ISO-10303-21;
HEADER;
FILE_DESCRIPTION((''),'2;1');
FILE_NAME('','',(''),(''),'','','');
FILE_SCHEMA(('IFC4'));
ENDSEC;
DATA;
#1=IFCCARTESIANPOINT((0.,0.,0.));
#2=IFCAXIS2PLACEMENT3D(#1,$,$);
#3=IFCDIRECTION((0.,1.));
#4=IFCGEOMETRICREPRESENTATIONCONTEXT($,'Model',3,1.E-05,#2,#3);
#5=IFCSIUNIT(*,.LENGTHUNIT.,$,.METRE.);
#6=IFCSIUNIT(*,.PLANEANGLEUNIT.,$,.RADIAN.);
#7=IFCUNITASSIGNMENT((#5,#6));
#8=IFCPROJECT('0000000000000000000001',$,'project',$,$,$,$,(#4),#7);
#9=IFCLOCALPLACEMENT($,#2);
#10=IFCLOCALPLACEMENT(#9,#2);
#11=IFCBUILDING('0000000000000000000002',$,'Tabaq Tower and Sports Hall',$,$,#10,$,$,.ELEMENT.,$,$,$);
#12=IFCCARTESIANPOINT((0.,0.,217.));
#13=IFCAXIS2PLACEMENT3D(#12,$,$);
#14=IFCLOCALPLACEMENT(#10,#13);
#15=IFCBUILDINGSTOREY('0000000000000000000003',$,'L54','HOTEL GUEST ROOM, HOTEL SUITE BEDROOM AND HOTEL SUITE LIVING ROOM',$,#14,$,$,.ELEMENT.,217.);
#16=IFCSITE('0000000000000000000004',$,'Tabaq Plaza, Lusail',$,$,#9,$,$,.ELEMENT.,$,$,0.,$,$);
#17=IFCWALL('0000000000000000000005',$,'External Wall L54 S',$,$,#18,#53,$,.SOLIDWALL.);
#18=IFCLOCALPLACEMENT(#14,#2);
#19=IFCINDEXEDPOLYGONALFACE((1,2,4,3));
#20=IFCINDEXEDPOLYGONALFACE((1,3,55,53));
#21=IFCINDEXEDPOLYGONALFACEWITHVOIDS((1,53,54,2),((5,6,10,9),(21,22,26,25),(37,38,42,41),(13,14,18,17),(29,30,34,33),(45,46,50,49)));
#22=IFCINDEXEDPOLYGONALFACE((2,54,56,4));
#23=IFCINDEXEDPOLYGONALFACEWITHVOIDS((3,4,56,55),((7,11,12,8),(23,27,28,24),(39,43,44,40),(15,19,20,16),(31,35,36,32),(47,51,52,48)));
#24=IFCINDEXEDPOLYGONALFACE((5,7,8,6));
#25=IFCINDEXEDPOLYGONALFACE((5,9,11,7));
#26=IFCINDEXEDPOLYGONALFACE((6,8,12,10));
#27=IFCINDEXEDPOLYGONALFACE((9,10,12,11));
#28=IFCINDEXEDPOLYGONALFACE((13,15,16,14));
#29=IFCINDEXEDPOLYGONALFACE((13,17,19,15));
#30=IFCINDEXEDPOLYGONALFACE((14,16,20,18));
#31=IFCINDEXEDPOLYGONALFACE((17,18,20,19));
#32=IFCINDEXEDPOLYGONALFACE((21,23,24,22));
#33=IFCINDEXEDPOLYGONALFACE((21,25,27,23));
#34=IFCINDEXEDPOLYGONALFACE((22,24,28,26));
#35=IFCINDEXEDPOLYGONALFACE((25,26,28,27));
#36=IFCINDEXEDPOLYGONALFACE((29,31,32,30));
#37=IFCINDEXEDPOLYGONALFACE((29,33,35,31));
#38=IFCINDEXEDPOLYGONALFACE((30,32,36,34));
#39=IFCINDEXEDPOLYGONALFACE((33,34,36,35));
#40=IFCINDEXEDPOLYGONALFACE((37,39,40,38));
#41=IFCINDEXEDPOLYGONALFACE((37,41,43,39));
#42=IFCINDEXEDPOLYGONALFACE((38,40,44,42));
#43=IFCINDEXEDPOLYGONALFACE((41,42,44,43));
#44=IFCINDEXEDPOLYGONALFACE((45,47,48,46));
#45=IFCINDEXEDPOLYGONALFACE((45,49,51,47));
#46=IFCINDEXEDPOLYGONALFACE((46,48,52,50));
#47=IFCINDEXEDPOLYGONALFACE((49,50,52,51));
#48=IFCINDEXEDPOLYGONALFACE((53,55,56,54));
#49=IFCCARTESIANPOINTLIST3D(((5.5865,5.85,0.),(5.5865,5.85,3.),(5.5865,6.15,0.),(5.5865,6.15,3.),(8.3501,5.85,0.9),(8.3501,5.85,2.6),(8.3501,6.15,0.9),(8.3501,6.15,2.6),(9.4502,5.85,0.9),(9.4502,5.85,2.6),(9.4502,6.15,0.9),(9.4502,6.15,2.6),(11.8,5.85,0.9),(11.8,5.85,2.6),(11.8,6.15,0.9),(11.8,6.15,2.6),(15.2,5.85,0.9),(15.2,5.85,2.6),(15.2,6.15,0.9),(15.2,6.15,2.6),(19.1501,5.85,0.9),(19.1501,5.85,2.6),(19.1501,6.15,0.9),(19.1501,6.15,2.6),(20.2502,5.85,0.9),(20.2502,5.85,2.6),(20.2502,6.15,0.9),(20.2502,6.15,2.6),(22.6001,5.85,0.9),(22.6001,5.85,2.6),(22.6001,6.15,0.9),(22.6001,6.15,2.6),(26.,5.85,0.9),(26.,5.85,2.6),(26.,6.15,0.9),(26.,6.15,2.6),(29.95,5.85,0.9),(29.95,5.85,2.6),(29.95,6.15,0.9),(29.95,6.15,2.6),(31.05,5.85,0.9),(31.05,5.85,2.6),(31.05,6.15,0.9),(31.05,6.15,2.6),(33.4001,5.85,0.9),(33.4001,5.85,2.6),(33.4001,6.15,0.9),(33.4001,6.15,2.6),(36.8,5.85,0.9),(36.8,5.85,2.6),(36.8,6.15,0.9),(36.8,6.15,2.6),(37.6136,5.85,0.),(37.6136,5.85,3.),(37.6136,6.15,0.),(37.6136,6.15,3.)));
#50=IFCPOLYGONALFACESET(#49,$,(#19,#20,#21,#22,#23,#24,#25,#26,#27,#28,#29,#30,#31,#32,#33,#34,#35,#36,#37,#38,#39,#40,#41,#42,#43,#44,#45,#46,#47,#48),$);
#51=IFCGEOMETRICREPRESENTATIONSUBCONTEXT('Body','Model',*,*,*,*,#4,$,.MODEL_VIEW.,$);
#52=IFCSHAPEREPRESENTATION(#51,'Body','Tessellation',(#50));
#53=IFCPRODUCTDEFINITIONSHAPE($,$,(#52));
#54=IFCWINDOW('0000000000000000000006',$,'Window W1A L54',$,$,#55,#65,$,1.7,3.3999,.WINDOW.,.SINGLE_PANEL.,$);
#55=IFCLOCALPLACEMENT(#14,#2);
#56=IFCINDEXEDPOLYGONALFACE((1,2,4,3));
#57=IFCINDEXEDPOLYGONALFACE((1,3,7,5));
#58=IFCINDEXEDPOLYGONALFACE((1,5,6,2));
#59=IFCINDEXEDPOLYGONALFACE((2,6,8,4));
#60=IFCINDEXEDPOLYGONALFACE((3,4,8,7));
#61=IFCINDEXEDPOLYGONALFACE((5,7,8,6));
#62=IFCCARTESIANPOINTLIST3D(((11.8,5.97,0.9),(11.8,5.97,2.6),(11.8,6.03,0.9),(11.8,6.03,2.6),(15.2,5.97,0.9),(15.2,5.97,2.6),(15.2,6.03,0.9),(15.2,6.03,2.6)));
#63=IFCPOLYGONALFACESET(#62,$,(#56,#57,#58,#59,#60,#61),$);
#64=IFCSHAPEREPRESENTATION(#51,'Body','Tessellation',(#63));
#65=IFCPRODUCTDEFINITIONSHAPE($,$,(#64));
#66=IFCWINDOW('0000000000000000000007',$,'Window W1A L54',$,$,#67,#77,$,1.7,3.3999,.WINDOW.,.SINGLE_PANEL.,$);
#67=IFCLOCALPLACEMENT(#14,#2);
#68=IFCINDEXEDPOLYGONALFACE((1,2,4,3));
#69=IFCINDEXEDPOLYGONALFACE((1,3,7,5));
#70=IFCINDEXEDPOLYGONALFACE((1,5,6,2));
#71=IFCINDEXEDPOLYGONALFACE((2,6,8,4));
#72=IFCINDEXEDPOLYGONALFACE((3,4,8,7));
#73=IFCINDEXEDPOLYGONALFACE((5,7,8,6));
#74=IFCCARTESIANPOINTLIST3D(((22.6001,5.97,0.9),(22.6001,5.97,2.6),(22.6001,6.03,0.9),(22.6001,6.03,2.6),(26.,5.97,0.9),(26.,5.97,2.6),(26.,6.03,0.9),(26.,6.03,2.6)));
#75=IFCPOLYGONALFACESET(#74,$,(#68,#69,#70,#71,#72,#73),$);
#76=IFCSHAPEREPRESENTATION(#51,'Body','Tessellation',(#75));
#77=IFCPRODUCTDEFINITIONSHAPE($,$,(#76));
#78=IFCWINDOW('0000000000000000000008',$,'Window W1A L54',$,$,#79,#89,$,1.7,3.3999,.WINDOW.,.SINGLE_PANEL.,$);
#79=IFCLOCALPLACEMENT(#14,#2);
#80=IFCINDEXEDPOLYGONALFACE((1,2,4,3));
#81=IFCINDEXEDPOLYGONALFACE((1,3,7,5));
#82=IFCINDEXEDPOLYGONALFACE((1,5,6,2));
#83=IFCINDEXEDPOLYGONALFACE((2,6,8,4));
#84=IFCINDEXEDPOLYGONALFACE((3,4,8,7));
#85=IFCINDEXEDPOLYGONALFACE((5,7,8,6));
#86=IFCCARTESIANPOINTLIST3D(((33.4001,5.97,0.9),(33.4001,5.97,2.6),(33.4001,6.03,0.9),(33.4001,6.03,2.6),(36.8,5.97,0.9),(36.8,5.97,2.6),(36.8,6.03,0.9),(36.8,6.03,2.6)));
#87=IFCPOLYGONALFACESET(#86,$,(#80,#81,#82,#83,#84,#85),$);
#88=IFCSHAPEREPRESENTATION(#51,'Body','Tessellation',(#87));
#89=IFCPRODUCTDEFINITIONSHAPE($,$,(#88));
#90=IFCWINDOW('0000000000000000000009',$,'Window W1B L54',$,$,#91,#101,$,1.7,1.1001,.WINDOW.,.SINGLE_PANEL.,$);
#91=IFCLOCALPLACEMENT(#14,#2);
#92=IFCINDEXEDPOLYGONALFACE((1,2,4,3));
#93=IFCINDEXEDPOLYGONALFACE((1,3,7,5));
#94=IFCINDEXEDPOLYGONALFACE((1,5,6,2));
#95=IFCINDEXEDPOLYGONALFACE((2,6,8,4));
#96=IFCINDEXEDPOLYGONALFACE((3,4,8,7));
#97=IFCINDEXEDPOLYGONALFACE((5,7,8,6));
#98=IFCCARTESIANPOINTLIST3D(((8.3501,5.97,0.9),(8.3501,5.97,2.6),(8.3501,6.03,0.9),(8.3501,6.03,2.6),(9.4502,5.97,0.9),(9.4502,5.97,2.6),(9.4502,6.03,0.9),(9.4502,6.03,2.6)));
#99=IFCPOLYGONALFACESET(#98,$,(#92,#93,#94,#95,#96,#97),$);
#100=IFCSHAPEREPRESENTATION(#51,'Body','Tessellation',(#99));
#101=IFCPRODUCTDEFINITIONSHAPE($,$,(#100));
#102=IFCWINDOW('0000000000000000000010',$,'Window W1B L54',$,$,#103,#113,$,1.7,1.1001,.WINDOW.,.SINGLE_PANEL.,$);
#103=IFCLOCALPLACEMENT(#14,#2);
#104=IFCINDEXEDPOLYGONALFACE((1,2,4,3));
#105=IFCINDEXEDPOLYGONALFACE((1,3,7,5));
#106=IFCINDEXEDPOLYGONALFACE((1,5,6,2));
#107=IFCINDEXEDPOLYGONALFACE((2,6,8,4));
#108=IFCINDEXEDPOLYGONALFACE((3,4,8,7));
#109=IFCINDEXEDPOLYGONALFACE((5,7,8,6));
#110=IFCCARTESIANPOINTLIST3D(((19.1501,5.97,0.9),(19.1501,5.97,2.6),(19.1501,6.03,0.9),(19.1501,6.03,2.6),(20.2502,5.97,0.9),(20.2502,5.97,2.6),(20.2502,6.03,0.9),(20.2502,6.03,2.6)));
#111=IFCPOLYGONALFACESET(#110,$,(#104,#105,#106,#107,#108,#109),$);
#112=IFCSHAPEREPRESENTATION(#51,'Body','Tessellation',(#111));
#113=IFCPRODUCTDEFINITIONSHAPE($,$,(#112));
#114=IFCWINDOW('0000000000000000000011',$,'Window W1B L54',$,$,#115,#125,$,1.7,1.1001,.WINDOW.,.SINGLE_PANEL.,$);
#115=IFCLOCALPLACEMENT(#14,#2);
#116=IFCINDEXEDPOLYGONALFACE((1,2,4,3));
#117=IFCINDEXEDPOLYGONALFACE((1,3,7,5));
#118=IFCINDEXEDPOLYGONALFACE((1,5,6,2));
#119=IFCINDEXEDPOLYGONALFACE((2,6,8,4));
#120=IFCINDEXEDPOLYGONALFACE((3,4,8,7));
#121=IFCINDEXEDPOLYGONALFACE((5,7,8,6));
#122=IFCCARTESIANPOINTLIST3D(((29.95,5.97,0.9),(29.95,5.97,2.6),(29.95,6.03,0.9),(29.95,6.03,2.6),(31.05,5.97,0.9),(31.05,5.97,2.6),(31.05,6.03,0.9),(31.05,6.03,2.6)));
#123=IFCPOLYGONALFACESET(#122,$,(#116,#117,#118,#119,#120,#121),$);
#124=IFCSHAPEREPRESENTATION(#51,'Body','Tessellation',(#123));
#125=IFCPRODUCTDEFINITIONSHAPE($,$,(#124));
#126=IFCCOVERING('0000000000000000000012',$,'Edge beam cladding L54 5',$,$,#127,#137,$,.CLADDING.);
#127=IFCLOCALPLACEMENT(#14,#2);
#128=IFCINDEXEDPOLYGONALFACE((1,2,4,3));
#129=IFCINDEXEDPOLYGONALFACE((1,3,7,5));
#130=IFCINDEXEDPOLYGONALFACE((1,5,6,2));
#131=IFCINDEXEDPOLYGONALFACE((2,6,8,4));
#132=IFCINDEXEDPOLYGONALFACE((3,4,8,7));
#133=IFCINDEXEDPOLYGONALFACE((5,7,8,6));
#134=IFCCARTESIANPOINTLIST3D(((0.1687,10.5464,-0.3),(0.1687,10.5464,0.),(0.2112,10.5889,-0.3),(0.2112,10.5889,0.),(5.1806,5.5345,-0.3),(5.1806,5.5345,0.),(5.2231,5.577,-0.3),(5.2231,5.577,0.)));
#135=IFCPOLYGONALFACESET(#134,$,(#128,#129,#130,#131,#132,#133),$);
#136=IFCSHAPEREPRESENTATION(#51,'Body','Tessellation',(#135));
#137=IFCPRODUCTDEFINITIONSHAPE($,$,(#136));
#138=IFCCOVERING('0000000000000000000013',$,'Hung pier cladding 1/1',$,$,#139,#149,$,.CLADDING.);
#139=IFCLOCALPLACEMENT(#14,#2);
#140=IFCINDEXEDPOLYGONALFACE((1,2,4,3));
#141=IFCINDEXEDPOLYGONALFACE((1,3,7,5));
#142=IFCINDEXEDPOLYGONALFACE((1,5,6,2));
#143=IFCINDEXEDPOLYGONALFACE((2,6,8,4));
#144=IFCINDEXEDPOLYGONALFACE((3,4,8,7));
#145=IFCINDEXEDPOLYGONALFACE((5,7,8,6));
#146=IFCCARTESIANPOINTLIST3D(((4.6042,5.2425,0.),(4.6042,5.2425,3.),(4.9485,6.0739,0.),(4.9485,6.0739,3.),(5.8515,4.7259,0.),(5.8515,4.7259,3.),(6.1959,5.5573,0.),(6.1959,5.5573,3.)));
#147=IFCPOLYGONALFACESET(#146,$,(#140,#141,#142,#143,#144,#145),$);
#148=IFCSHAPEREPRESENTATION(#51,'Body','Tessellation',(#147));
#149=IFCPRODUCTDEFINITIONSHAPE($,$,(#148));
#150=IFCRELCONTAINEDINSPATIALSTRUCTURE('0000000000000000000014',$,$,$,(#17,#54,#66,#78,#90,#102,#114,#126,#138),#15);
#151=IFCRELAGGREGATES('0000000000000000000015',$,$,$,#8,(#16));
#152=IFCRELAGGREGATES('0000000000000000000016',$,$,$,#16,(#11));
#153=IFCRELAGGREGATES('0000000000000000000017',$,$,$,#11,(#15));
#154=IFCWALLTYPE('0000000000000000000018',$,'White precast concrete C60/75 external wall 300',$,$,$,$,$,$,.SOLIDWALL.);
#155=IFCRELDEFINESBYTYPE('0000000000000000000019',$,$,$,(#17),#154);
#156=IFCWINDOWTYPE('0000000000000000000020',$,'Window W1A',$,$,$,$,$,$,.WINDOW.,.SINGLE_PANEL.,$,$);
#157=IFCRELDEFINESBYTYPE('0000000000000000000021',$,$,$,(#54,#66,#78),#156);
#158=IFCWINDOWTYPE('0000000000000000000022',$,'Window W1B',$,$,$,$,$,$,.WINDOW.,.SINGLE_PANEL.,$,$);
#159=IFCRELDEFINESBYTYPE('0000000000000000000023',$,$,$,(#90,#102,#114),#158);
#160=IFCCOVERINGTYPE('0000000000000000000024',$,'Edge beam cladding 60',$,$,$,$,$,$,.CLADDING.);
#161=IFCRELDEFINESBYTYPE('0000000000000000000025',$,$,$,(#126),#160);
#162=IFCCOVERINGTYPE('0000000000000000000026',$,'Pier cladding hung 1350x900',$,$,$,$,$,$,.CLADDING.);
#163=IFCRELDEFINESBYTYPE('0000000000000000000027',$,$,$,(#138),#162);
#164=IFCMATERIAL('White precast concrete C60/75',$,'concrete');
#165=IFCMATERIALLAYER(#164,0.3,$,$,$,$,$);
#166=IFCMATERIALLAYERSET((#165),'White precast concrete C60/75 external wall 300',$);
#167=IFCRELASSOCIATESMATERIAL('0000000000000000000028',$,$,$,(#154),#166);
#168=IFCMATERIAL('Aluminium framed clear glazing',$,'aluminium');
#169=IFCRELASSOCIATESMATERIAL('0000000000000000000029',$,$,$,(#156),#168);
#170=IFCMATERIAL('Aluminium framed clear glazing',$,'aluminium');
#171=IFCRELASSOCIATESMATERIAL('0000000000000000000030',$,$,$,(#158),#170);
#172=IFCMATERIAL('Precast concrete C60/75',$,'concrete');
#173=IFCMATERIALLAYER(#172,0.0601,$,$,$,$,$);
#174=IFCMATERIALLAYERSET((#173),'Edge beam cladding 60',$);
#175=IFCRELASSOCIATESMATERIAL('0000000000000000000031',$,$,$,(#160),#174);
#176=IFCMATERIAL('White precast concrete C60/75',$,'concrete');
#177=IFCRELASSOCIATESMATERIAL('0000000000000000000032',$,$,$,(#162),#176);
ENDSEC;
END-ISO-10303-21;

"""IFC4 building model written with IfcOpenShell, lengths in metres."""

from ifc_helpers import new_model, si_unit, direction, frame, frame_2d, origin, place, context, subcontext, project, spatial, rectangle, extrude, material, layer, layer_set, type_object, element, fill, save


model = new_model("IFC4")

# Units and contexts
model_context = context("Model", 3, precision=1e-05, world=origin(), true_north=direction((0.0, 1.0)))
body_context = subcontext(model_context, "Body", "Model", "MODEL_VIEW")
ifc_project = project(units=[si_unit("LENGTHUNIT", "METRE"), si_unit("PLANEANGLEUNIT", "RADIAN")], contexts=[model_context])

# Site, building, storey
site_placement = place(None, origin())
site = spatial("IfcSite", under=ifc_project, at=site_placement, Name="Tabaq Plaza, Lusail", CompositionType="ELEMENT", RefElevation=0.0)
building_placement = place(site_placement, origin())
building = spatial("IfcBuilding", under=site, at=building_placement, Name="Tabaq Tower and Sports Hall", CompositionType="ELEMENT")
storey_placement = place(building_placement, frame((0.0, 0.0, 217.0)))
storey = spatial("IfcBuildingStorey", under=building, at=storey_placement, Name="L54", Description="HOTEL GUEST ROOM, HOTEL SUITE BEDROOM AND HOTEL SUITE LIVING ROOM", CompositionType="ELEMENT", Elevation=217.0)

# Wall, openings, windows
ifc_material_1 = material(Name="White precast concrete C60/75", Category="concrete")
ifc_layer_1 = layer(ifc_material_1, 0.3)
ifc_layer_set_1 = layer_set([ifc_layer_1], Name="White precast concrete C60/75 external wall 300")
wall_type_1 = type_object("IfcWallType", Name="White precast concrete C60/75 external wall 300", PredefinedType="SOLIDWALL", material=ifc_layer_set_1)
wall_1_placement = place(storey_placement, frame((5.5864, 6.0, 0.0), z_axis=(0.0, 0.0, 1.0), x_axis=(1.0, 0.0, 0.0)))
wall_1 = element("IfcWall", 1, at=wall_1_placement, inside=storey, type_object=wall_type_1, Name="External Wall L54 S", PredefinedType="SOLIDWALL", context=body_context, shape_type="SweptSolid", body=[
    extrude(rectangle(XDim=32.0271, YDim=0.3, at=frame_2d((16.0137, 0.0))), origin(), (0.0, 0.0, 1.0), 3.0),
])
opening_1_placement = place(wall_1_placement, frame((2.7637, 0.0, 0.8999)))
opening_1 = element("IfcOpeningElement", 2, at=opening_1_placement, cuts=wall_1, PredefinedType="OPENING", context=body_context, shape_type="SweptSolid", body=[
    extrude(rectangle(XDim=1.1001, YDim=1.7, at=frame_2d((0.55, 0.8501))), frame((0.0, 0.1602, 0.0), z_axis=(0.0, -1.0, 0.0), x_axis=(1.0, 0.0, 0.0)), (0.0, 0.0, 1.0), 0.3201),
])
opening_2_placement = place(wall_1_placement, frame((6.2136, 0.0, 0.8999)))
opening_2 = element("IfcOpeningElement", 3, at=opening_2_placement, cuts=wall_1, PredefinedType="OPENING", context=body_context, shape_type="SweptSolid", body=[
    extrude(rectangle(XDim=3.3999, YDim=1.7, at=frame_2d((1.7, 0.8501))), frame((0.0, 0.1602, 0.0), z_axis=(0.0, -1.0, 0.0), x_axis=(1.0, 0.0, 0.0)), (0.0, 0.0, 1.0), 0.3201),
])
opening_3_placement = place(wall_1_placement, frame((13.5637, 0.0, 0.8999)))
opening_3 = element("IfcOpeningElement", 4, at=opening_3_placement, cuts=wall_1, PredefinedType="OPENING", context=body_context, shape_type="SweptSolid", body=[
    extrude(rectangle(XDim=1.1001, YDim=1.7, at=frame_2d((0.55, 0.8501))), frame((0.0, 0.1602, 0.0), z_axis=(0.0, -1.0, 0.0), x_axis=(1.0, 0.0, 0.0)), (0.0, 0.0, 1.0), 0.3201),
])
opening_4_placement = place(wall_1_placement, frame((17.0137, 0.0, 0.8999)))
opening_4 = element("IfcOpeningElement", 5, at=opening_4_placement, cuts=wall_1, PredefinedType="OPENING", context=body_context, shape_type="SweptSolid", body=[
    extrude(rectangle(XDim=3.3999, YDim=1.7, at=frame_2d((1.7, 0.8501))), frame((0.0, 0.1602, 0.0), z_axis=(0.0, -1.0, 0.0), x_axis=(1.0, 0.0, 0.0)), (0.0, 0.0, 1.0), 0.3201),
])
opening_5_placement = place(wall_1_placement, frame((24.3635, 0.0, 0.8999)))
opening_5 = element("IfcOpeningElement", 6, at=opening_5_placement, cuts=wall_1, PredefinedType="OPENING", context=body_context, shape_type="SweptSolid", body=[
    extrude(rectangle(XDim=1.1001, YDim=1.7, at=frame_2d((0.55, 0.8501))), frame((0.0, 0.1602, 0.0), z_axis=(0.0, -1.0, 0.0), x_axis=(1.0, 0.0, 0.0)), (0.0, 0.0, 1.0), 0.3201),
])
opening_6_placement = place(wall_1_placement, frame((27.8137, 0.0, 0.8999)))
opening_6 = element("IfcOpeningElement", 7, at=opening_6_placement, cuts=wall_1, PredefinedType="OPENING", context=body_context, shape_type="SweptSolid", body=[
    extrude(rectangle(XDim=3.3999, YDim=1.7, at=frame_2d((1.7, 0.8501))), frame((0.0, 0.1602, 0.0), z_axis=(0.0, -1.0, 0.0), x_axis=(1.0, 0.0, 0.0)), (0.0, 0.0, 1.0), 0.3201),
])
ifc_material_2 = material(Name="Aluminium framed clear glazing", Category="aluminium")
window_type_1 = type_object("IfcWindowType", Name="Window W1A", PartitioningType="SINGLE_PANEL", PredefinedType="WINDOW", material=ifc_material_2)
window_1_placement = place(opening_2_placement, origin())
window_1 = element("IfcWindow", 8, at=window_1_placement, inside=storey, type_object=window_type_1, Name="Window W1A L54", OverallHeight=1.7, OverallWidth=3.3999, PartitioningType="SINGLE_PANEL", PredefinedType="WINDOW", context=body_context, shape_type="SweptSolid", body=[
    extrude(rectangle(XDim=3.3999, YDim=1.7, at=frame_2d((1.7, 0.8501))), frame((0.0, 0.03, 0.0), z_axis=(0.0, -1.0, 0.0), x_axis=(1.0, 0.0, 0.0)), (0.0, 0.0, 1.0), 0.0601),
])
fill(opening_2, window_1)
window_2_placement = place(opening_4_placement, origin())
window_2 = element("IfcWindow", 9, at=window_2_placement, inside=storey, type_object=window_type_1, Name="Window W1A L54", OverallHeight=1.7, OverallWidth=3.3999, PartitioningType="SINGLE_PANEL", PredefinedType="WINDOW", context=body_context, shape_type="SweptSolid", body=[
    extrude(rectangle(XDim=3.3999, YDim=1.7, at=frame_2d((1.7, 0.8501))), frame((0.0, 0.03, 0.0), z_axis=(0.0, -1.0, 0.0), x_axis=(1.0, 0.0, 0.0)), (0.0, 0.0, 1.0), 0.0601),
])
fill(opening_4, window_2)
window_3_placement = place(opening_6_placement, origin())
window_3 = element("IfcWindow", 10, at=window_3_placement, inside=storey, type_object=window_type_1, Name="Window W1A L54", OverallHeight=1.7, OverallWidth=3.3999, PartitioningType="SINGLE_PANEL", PredefinedType="WINDOW", context=body_context, shape_type="SweptSolid", body=[
    extrude(rectangle(XDim=3.3999, YDim=1.7, at=frame_2d((1.7, 0.8501))), frame((0.0, 0.03, 0.0), z_axis=(0.0, -1.0, 0.0), x_axis=(1.0, 0.0, 0.0)), (0.0, 0.0, 1.0), 0.0601),
])
fill(opening_6, window_3)
ifc_material_3 = material(Name="Aluminium framed clear glazing", Category="aluminium")
window_type_2 = type_object("IfcWindowType", Name="Window W1B", PartitioningType="SINGLE_PANEL", PredefinedType="WINDOW", material=ifc_material_3)
window_4_placement = place(opening_1_placement, origin())
window_4 = element("IfcWindow", 11, at=window_4_placement, inside=storey, type_object=window_type_2, Name="Window W1B L54", OverallHeight=1.7, OverallWidth=1.1001, PartitioningType="SINGLE_PANEL", PredefinedType="WINDOW", context=body_context, shape_type="SweptSolid", body=[
    extrude(rectangle(XDim=1.1001, YDim=1.7, at=frame_2d((0.55, 0.8501))), frame((0.0, 0.03, 0.0), z_axis=(0.0, -1.0, 0.0), x_axis=(1.0, 0.0, 0.0)), (0.0, 0.0, 1.0), 0.0601),
])
fill(opening_1, window_4)
window_5_placement = place(opening_3_placement, origin())
window_5 = element("IfcWindow", 12, at=window_5_placement, inside=storey, type_object=window_type_2, Name="Window W1B L54", OverallHeight=1.7, OverallWidth=1.1001, PartitioningType="SINGLE_PANEL", PredefinedType="WINDOW", context=body_context, shape_type="SweptSolid", body=[
    extrude(rectangle(XDim=1.1001, YDim=1.7, at=frame_2d((0.55, 0.8501))), frame((0.0, 0.03, 0.0), z_axis=(0.0, -1.0, 0.0), x_axis=(1.0, 0.0, 0.0)), (0.0, 0.0, 1.0), 0.0601),
])
fill(opening_3, window_5)
window_6_placement = place(opening_5_placement, origin())
window_6 = element("IfcWindow", 13, at=window_6_placement, inside=storey, type_object=window_type_2, Name="Window W1B L54", OverallHeight=1.7, OverallWidth=1.1001, PartitioningType="SINGLE_PANEL", PredefinedType="WINDOW", context=body_context, shape_type="SweptSolid", body=[
    extrude(rectangle(XDim=1.1001, YDim=1.7, at=frame_2d((0.55, 0.8501))), frame((0.0, 0.03, 0.0), z_axis=(0.0, -1.0, 0.0), x_axis=(1.0, 0.0, 0.0)), (0.0, 0.0, 1.0), 0.0601),
])
fill(opening_5, window_6)

# Coverings
ifc_material_4 = material(Name="Precast concrete C60/75", Category="concrete")
ifc_layer_2 = layer(ifc_material_4, 0.0601)
ifc_layer_set_2 = layer_set([ifc_layer_2], Name="Edge beam cladding 60")
covering_type_1 = type_object("IfcCoveringType", Name="Edge beam cladding 60", PredefinedType="CLADDING", material=ifc_layer_set_2)
covering_1_placement = place(storey_placement, frame((0.1899, 10.5676, -0.3), z_axis=(0.0, 0.0, 1.0), x_axis=(0.707107, -0.707107, 0.0)))
element("IfcCovering", 14, at=covering_1_placement, inside=storey, type_object=covering_type_1, Name="Edge beam cladding L54 5", PredefinedType="CLADDING", context=body_context, shape_type="SweptSolid", body=[
    extrude(rectangle(XDim=7.0879, YDim=0.0601, at=frame_2d((3.5439, 0.0))), origin(), (0.0, 0.0, 1.0), 0.3),
])
ifc_material_5 = material(Name="White precast concrete C60/75", Category="concrete")
covering_type_2 = type_object("IfcCoveringType", Name="Pier cladding hung 1350x900", PredefinedType="CLADDING", material=ifc_material_5)
covering_2_placement = place(storey_placement, frame((4.7764, 5.6582, 0.0), z_axis=(0.0, 0.0, 1.0), x_axis=(0.923893, -0.38265, 0.0)))
element("IfcCovering", 15, at=covering_2_placement, inside=storey, type_object=covering_type_2, Name="Hung pier cladding 1/1", PredefinedType="CLADDING", context=body_context, shape_type="SweptSolid", body=[
    extrude(rectangle(XDim=1.3501, YDim=0.8999, at=frame_2d((0.675, 0.0))), origin(), (0.0, 0.0, 1.0), 3.0),
])

save(model, "model.ifc")
